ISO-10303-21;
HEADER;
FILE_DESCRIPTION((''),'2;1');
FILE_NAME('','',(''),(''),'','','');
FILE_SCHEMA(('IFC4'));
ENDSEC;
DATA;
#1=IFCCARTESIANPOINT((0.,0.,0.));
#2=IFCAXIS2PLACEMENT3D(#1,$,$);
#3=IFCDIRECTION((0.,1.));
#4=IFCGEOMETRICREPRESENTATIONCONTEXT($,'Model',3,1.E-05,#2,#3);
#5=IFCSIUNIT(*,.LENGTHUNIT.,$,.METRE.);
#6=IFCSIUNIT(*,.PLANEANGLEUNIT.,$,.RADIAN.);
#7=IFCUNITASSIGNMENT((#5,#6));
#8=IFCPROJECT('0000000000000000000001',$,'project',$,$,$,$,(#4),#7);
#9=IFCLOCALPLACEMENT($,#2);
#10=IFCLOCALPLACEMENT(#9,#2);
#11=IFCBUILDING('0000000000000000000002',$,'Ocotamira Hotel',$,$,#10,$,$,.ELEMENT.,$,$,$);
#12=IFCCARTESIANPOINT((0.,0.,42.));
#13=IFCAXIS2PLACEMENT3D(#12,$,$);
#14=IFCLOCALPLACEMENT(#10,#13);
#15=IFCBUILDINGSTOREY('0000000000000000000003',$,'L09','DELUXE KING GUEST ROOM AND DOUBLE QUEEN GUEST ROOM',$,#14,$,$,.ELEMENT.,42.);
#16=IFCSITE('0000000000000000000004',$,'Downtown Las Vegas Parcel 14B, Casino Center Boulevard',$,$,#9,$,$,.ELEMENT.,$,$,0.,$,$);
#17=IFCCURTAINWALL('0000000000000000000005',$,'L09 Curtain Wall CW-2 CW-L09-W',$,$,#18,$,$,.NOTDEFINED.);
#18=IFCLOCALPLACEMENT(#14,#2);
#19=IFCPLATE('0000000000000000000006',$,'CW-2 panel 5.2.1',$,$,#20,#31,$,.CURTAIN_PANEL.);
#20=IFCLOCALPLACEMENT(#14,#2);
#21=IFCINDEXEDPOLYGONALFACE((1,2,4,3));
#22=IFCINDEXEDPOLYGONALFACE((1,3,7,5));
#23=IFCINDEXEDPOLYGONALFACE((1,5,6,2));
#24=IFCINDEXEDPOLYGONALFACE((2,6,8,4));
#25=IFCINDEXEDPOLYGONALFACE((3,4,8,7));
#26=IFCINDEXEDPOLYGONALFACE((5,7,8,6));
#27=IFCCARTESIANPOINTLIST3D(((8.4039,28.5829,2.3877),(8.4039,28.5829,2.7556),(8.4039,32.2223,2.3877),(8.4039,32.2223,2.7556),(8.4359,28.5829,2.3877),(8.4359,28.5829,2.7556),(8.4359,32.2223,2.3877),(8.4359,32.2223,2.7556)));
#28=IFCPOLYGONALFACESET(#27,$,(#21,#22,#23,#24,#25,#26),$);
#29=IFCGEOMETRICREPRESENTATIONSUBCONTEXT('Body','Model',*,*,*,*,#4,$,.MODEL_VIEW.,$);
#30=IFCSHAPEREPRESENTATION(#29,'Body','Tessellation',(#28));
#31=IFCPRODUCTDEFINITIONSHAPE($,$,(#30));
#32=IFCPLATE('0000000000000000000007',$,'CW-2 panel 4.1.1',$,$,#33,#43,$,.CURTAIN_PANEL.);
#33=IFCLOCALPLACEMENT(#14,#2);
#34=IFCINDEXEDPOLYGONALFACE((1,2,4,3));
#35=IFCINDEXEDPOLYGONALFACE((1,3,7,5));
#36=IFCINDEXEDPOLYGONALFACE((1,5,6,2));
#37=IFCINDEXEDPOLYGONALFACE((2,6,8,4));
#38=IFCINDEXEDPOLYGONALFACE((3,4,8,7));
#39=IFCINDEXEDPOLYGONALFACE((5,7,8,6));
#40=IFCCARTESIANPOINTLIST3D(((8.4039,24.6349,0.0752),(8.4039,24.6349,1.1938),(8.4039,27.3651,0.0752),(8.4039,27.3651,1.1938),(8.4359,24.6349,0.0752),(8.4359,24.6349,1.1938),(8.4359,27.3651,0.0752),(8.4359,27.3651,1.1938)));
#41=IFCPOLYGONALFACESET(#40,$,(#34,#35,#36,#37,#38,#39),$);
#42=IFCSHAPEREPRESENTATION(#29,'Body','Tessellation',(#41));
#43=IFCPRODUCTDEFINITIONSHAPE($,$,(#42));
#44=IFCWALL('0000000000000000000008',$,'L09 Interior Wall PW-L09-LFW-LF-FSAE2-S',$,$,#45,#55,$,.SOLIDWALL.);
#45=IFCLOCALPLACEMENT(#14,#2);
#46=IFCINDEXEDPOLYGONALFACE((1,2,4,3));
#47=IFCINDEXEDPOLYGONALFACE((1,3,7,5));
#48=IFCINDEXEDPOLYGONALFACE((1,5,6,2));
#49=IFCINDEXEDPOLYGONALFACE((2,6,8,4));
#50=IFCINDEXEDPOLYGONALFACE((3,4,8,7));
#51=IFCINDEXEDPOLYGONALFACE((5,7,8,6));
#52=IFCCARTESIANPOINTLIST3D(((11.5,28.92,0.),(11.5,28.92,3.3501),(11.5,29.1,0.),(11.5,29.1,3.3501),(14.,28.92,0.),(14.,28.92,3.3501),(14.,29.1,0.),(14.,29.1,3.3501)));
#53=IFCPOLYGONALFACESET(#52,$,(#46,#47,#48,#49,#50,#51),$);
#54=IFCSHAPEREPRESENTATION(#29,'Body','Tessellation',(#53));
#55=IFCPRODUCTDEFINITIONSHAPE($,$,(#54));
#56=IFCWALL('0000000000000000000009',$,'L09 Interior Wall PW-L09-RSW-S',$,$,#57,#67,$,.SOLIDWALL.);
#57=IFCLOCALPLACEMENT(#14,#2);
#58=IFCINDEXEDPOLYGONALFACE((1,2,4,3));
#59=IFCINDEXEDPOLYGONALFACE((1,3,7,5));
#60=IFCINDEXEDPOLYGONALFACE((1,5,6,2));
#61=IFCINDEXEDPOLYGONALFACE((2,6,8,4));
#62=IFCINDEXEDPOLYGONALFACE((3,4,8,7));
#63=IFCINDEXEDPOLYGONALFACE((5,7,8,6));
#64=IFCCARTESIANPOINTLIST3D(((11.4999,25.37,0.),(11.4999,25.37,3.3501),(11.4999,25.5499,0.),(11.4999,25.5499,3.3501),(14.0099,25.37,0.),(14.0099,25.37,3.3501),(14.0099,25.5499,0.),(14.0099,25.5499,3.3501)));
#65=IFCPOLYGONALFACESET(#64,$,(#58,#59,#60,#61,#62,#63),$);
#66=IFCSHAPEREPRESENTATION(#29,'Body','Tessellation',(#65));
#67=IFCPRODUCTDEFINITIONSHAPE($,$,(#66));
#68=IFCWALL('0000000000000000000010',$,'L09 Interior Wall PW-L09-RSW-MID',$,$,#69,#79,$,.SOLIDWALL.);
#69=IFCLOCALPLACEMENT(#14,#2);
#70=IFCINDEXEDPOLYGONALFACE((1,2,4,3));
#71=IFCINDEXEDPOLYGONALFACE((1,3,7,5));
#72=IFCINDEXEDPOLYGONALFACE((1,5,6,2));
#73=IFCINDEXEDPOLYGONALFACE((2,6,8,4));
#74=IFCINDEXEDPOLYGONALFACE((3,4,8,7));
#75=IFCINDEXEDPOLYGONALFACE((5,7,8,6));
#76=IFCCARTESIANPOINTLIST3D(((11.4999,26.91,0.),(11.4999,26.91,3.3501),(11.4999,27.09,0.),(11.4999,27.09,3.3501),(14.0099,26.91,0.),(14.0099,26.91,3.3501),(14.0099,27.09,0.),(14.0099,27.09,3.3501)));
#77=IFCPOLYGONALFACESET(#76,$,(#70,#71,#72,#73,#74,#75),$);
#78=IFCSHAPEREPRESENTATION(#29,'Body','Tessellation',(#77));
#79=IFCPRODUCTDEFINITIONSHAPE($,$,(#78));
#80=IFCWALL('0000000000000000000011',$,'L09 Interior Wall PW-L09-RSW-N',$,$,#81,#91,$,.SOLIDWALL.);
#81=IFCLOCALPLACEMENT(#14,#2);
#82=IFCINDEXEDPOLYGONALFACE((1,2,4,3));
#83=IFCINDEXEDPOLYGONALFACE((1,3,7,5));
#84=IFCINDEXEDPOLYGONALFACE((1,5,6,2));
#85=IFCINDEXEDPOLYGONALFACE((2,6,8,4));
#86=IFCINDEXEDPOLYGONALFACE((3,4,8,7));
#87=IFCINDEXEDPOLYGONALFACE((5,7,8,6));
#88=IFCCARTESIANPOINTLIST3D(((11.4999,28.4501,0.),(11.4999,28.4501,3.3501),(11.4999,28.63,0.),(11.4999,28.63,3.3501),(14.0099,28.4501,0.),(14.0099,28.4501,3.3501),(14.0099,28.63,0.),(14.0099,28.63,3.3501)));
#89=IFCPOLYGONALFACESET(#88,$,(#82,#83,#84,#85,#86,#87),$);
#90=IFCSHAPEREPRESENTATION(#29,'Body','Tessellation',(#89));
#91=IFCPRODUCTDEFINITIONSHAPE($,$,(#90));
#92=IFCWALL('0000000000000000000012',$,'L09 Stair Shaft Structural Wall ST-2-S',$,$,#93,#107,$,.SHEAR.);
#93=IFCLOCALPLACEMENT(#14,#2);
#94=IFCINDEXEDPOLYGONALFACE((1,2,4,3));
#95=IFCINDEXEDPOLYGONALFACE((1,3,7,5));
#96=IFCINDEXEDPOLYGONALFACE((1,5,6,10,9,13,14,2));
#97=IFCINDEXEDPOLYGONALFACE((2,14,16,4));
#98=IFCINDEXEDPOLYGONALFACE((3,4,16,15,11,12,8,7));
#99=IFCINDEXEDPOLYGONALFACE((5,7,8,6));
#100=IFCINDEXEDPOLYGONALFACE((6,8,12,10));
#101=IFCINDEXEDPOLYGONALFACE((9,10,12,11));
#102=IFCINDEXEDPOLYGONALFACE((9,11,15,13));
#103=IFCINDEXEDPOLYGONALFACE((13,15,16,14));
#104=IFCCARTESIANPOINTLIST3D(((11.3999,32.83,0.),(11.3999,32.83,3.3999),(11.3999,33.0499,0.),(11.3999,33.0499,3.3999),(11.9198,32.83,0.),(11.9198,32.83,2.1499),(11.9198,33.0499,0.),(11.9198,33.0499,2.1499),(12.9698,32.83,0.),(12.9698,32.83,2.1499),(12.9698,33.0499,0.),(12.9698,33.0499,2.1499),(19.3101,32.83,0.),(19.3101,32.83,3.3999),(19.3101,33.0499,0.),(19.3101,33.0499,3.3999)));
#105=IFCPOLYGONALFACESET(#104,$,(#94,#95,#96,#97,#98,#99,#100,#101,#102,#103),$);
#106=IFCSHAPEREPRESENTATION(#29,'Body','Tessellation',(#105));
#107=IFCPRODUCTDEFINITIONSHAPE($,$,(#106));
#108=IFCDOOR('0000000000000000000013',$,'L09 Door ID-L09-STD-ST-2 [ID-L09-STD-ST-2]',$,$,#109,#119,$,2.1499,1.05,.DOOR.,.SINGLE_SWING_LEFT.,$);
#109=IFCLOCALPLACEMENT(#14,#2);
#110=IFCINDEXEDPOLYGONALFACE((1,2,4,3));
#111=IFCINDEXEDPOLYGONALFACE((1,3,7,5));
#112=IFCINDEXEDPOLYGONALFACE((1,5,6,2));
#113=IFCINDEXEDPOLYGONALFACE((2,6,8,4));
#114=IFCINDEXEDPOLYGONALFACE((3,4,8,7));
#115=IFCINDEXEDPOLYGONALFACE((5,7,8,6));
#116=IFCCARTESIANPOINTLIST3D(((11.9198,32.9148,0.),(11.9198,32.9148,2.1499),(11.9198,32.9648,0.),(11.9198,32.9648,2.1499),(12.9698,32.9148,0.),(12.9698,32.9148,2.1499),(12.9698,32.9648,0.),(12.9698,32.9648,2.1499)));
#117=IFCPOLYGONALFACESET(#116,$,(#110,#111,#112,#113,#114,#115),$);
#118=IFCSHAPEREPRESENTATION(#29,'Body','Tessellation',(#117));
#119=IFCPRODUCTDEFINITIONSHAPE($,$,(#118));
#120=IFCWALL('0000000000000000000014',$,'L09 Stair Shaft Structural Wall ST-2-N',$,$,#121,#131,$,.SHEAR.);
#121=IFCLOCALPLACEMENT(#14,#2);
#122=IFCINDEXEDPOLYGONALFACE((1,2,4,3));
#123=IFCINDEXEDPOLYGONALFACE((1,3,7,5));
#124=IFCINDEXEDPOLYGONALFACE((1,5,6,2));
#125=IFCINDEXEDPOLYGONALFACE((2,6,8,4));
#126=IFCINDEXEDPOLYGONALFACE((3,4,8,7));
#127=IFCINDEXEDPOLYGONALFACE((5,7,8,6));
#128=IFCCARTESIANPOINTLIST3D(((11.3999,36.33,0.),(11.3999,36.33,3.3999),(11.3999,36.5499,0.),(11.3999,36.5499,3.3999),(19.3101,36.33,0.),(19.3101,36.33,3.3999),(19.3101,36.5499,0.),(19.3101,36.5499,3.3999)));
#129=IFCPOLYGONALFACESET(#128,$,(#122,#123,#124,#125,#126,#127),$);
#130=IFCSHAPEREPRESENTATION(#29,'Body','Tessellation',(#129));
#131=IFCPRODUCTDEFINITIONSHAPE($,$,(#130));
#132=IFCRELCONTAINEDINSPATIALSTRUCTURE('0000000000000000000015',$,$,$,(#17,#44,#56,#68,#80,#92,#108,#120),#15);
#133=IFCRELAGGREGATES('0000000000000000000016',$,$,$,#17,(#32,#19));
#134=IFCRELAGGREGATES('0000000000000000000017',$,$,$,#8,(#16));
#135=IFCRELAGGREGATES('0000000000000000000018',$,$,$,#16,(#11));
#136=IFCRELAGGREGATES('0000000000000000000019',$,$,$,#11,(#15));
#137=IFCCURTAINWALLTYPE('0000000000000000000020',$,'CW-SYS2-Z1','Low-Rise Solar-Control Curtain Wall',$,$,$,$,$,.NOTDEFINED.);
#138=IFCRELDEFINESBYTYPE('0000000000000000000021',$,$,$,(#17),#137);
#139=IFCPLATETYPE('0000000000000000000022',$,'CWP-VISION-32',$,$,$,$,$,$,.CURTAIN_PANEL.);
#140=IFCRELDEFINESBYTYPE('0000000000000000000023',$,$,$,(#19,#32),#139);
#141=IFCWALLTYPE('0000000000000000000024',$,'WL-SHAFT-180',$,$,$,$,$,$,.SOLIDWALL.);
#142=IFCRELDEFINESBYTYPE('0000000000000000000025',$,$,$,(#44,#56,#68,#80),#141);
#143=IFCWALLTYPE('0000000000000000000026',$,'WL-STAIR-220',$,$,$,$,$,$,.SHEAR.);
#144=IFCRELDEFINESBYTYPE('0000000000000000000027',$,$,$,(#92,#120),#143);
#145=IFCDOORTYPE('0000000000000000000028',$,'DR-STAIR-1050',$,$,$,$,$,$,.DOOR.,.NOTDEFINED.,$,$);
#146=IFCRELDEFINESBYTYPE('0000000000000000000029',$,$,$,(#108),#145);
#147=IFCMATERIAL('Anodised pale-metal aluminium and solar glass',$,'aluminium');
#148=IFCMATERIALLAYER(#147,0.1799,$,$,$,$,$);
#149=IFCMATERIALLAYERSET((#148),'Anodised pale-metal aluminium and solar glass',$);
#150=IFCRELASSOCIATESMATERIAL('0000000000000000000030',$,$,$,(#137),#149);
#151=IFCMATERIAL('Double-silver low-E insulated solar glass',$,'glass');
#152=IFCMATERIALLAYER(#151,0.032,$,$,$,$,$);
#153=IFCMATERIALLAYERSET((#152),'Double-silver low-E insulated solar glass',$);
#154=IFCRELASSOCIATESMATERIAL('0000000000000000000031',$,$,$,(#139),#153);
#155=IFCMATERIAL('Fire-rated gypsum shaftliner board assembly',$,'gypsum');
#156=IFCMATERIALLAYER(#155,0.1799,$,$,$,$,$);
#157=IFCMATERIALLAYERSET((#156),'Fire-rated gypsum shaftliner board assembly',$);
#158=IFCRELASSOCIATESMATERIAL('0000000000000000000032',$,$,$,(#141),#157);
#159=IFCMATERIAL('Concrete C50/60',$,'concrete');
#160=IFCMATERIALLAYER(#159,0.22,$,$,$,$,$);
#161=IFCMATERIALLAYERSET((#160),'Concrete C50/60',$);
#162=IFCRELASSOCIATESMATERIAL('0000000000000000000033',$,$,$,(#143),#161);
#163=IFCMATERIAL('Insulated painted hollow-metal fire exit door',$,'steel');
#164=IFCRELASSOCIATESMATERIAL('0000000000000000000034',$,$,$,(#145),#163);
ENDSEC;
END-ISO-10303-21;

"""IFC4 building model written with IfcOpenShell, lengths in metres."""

from ifc_helpers import new_model, si_unit, direction, frame, frame_2d, origin, origin_2d, place, context, subcontext, project, spatial, rectangle, extrude, source, transform, mapped, material, layer, layer_set, type_object, element, fill, aggregate, save


model = new_model("IFC4")

# Units and contexts
model_context = context("Model", 3, precision=1e-05, world=origin(), true_north=direction((0.0, 1.0)))
body_context = subcontext(model_context, "Body", "Model", "MODEL_VIEW")
ifc_project = project(units=[si_unit("LENGTHUNIT", "METRE"), si_unit("PLANEANGLEUNIT", "RADIAN")], contexts=[model_context])

# Site, building, storey
site_placement = place(None, origin())
site = spatial("IfcSite", under=ifc_project, at=site_placement, Name="Downtown Las Vegas Parcel 14B, Casino Center Boulevard", CompositionType="ELEMENT", RefElevation=0.0)
building_placement = place(site_placement, origin())
building = spatial("IfcBuilding", under=site, at=building_placement, Name="Ocotamira Hotel", CompositionType="ELEMENT")
storey_placement = place(building_placement, frame((0.0, 0.0, 42.0)))
storey = spatial("IfcBuildingStorey", under=building, at=storey_placement, Name="L09", Description="DELUXE KING GUEST ROOM AND DOUBLE QUEEN GUEST ROOM", CompositionType="ELEMENT", Elevation=42.0)

# Curtain wall
ifc_material_1 = material(Name="Anodised pale-metal aluminium and solar glass", Category="aluminium")
ifc_layer_1 = layer(ifc_material_1, 0.1799)
ifc_layer_set_1 = layer_set([ifc_layer_1], Name="Anodised pale-metal aluminium and solar glass")
curtain_wall_type = type_object("IfcCurtainWallType", Name="CW-SYS2-Z1", Description="Low-Rise Solar-Control Curtain Wall", PredefinedType="NOTDEFINED", material=ifc_layer_set_1)
curtain_wall_placement = place(storey_placement, origin())
curtain_wall = element("IfcCurtainWall", 1, at=curtain_wall_placement, inside=storey, type_object=curtain_wall_type, Name="L09 Curtain Wall CW-2 CW-L09-W", PredefinedType="NOTDEFINED")

# Plates
ifc_material_2 = material(Name="Double-silver low-E insulated solar glass", Category="glass")
ifc_layer_2 = layer(ifc_material_2, 0.032)
ifc_layer_set_2 = layer_set([ifc_layer_2], Name="Double-silver low-E insulated solar glass")
plate_type_1 = type_object("IfcPlateType", Name="CWP-VISION-32", PredefinedType="CURTAIN_PANEL", material=ifc_layer_set_2)
shared_shape_1 = source(origin(), body_context, "Body", "SweptSolid", [
    extrude(rectangle(XDim=3.6394, YDim=0.032, at=origin_2d()), origin(), (0.0, 0.0, 1.0), 0.3679),
])
plate_1_placement = place(storey_placement, frame((8.4199, 30.4026, 2.3877), z_axis=(0.0, 0.0, 1.0), x_axis=(0.0, 1.0, 0.0)))
plate_1 = element("IfcPlate", 2, at=plate_1_placement, type_object=plate_type_1, Name="CW-2 panel 5.2.1", PredefinedType="CURTAIN_PANEL", context=body_context, shape_type="MappedRepresentation", body=[
    mapped(shared_shape_1, transform((0.0, 0.0, 0.0), scale=1.0)),
])
shared_shape_2 = source(origin(), body_context, "Body", "SweptSolid", [
    extrude(rectangle(XDim=2.7302, YDim=0.032, at=origin_2d()), origin(), (0.0, 0.0, 1.0), 1.1187),
])
plate_2_placement = place(storey_placement, frame((8.4199, 26.0, 0.0752), z_axis=(0.0, 0.0, 1.0), x_axis=(0.0, 1.0, 0.0)))
plate_2 = element("IfcPlate", 3, at=plate_2_placement, type_object=plate_type_1, Name="CW-2 panel 4.1.1", PredefinedType="CURTAIN_PANEL", context=body_context, shape_type="MappedRepresentation", body=[
    mapped(shared_shape_2, transform((0.0, 0.0, 0.0), scale=1.0)),
])
aggregate(curtain_wall, [plate_2, plate_1])

# Walls
ifc_material_3 = material(Name="Fire-rated gypsum shaftliner board assembly", Category="gypsum")
ifc_layer_3 = layer(ifc_material_3, 0.1799)
ifc_layer_set_3 = layer_set([ifc_layer_3], Name="Fire-rated gypsum shaftliner board assembly")
wall_type_1 = type_object("IfcWallType", Name="WL-SHAFT-180", PredefinedType="SOLIDWALL", material=ifc_layer_set_3)
wall_1_placement = place(storey_placement, frame((11.5, 29.01, 0.0), z_axis=(0.0, 0.0, 1.0), x_axis=(1.0, 0.0, 0.0)))
element("IfcWall", 4, at=wall_1_placement, inside=storey, type_object=wall_type_1, Name="L09 Interior Wall PW-L09-LFW-LF-FSAE2-S", PredefinedType="SOLIDWALL", context=body_context, shape_type="SweptSolid", body=[
    extrude(rectangle(XDim=2.5, YDim=0.1799, at=frame_2d((1.25, 0.0))), origin(), (0.0, 0.0, 1.0), 3.3501),
])
for number, where, z_axis, x_axis, name in (
    (5, (11.5, 25.46, 0.0), (0.0, 0.0, 1.0), (1.0, 0.0, 0.0), "L09 Interior Wall PW-L09-RSW-S"),
    (6, (11.5, 27.0, 0.0), (0.0, 0.0, 1.0), (1.0, 0.0, 0.0), "L09 Interior Wall PW-L09-RSW-MID"),
    (7, (11.5, 28.54, 0.0), (0.0, 0.0, 1.0), (1.0, 0.0, 0.0), "L09 Interior Wall PW-L09-RSW-N"),
):
    element("IfcWall", number, at=place(storey_placement, frame(where, z_axis=z_axis, x_axis=x_axis)), inside=storey, type_object=wall_type_1, Name=name, PredefinedType="SOLIDWALL", context=body_context, shape_type="SweptSolid", body=[
        extrude(rectangle(XDim=2.51, YDim=0.1799, at=frame_2d((1.2549, 0.0))), origin(), (0.0, 0.0, 1.0), 3.3501),
    ])

# Wall, opening, door
ifc_material_4 = material(Name="Concrete C50/60", Category="concrete")
ifc_layer_4 = layer(ifc_material_4, 0.22)
ifc_layer_set_4 = layer_set([ifc_layer_4], Name="Concrete C50/60")
wall_type_2 = type_object("IfcWallType", Name="WL-STAIR-220", PredefinedType="SHEAR", material=ifc_layer_set_4)
wall_2_placement = place(storey_placement, frame((11.3999, 32.9399, 0.0), z_axis=(0.0, 0.0, 1.0), x_axis=(1.0, 0.0, 0.0)))
wall_2 = element("IfcWall", 8, at=wall_2_placement, inside=storey, type_object=wall_type_2, Name="L09 Stair Shaft Structural Wall ST-2-S", PredefinedType="SHEAR", context=body_context, shape_type="SweptSolid", body=[
    extrude(rectangle(XDim=7.9102, YDim=0.22, at=frame_2d((3.9551, 0.0))), origin(), (0.0, 0.0, 1.0), 3.3999),
])
opening_1_placement = place(wall_2_placement, frame((0.52, 0.0, 0.0)))
opening_1 = element("IfcOpeningElement", 9, at=opening_1_placement, cuts=wall_2, PredefinedType="OPENING", context=body_context, shape_type="SweptSolid", body=[
    extrude(rectangle(XDim=1.05, YDim=2.1499, at=frame_2d((0.5249, 1.075))), frame((0.0, 0.1201, 0.0), z_axis=(0.0, -1.0, 0.0), x_axis=(1.0, 0.0, 0.0)), (0.0, 0.0, 1.0), 0.24),
])
ifc_material_5 = material(Name="Insulated painted hollow-metal fire exit door", Category="steel")
door_type_1 = type_object("IfcDoorType", Name="DR-STAIR-1050", OperationType="NOTDEFINED", PredefinedType="DOOR", material=ifc_material_5)
shared_shape_3 = source(origin(), body_context, "Body", "SweptSolid", [
    extrude(rectangle(XDim=1.05, YDim=2.1499, at=frame_2d((0.5249, 1.075))), frame((0.0, 0.0249, 0.0), z_axis=(0.0, -1.0, 0.0), x_axis=(1.0, 0.0, 0.0)), (0.0, 0.0, 1.0), 0.05),
])
door_1_placement = place(opening_1_placement, origin())
door_1 = element("IfcDoor", 10, at=door_1_placement, inside=storey, type_object=door_type_1, Name="L09 Door ID-L09-STD-ST-2 [ID-L09-STD-ST-2]", OperationType="SINGLE_SWING_LEFT", OverallHeight=2.1499, OverallWidth=1.05, PredefinedType="DOOR", context=body_context, shape_type="MappedRepresentation", body=[
    mapped(shared_shape_3, transform((0.0, 0.0, 0.0), scale=1.0)),
])
fill(opening_1, door_1)

# Wall
wall_3_placement = place(storey_placement, frame((11.3999, 36.4399, 0.0), z_axis=(0.0, 0.0, 1.0), x_axis=(1.0, 0.0, 0.0)))
element("IfcWall", 11, at=wall_3_placement, inside=storey, type_object=wall_type_2, Name="L09 Stair Shaft Structural Wall ST-2-N", PredefinedType="SHEAR", context=body_context, shape_type="SweptSolid", body=[
    extrude(rectangle(XDim=7.9102, YDim=0.22, at=frame_2d((3.9551, 0.0))), origin(), (0.0, 0.0, 1.0), 3.3999),
])

save(model, "model.ifc")
